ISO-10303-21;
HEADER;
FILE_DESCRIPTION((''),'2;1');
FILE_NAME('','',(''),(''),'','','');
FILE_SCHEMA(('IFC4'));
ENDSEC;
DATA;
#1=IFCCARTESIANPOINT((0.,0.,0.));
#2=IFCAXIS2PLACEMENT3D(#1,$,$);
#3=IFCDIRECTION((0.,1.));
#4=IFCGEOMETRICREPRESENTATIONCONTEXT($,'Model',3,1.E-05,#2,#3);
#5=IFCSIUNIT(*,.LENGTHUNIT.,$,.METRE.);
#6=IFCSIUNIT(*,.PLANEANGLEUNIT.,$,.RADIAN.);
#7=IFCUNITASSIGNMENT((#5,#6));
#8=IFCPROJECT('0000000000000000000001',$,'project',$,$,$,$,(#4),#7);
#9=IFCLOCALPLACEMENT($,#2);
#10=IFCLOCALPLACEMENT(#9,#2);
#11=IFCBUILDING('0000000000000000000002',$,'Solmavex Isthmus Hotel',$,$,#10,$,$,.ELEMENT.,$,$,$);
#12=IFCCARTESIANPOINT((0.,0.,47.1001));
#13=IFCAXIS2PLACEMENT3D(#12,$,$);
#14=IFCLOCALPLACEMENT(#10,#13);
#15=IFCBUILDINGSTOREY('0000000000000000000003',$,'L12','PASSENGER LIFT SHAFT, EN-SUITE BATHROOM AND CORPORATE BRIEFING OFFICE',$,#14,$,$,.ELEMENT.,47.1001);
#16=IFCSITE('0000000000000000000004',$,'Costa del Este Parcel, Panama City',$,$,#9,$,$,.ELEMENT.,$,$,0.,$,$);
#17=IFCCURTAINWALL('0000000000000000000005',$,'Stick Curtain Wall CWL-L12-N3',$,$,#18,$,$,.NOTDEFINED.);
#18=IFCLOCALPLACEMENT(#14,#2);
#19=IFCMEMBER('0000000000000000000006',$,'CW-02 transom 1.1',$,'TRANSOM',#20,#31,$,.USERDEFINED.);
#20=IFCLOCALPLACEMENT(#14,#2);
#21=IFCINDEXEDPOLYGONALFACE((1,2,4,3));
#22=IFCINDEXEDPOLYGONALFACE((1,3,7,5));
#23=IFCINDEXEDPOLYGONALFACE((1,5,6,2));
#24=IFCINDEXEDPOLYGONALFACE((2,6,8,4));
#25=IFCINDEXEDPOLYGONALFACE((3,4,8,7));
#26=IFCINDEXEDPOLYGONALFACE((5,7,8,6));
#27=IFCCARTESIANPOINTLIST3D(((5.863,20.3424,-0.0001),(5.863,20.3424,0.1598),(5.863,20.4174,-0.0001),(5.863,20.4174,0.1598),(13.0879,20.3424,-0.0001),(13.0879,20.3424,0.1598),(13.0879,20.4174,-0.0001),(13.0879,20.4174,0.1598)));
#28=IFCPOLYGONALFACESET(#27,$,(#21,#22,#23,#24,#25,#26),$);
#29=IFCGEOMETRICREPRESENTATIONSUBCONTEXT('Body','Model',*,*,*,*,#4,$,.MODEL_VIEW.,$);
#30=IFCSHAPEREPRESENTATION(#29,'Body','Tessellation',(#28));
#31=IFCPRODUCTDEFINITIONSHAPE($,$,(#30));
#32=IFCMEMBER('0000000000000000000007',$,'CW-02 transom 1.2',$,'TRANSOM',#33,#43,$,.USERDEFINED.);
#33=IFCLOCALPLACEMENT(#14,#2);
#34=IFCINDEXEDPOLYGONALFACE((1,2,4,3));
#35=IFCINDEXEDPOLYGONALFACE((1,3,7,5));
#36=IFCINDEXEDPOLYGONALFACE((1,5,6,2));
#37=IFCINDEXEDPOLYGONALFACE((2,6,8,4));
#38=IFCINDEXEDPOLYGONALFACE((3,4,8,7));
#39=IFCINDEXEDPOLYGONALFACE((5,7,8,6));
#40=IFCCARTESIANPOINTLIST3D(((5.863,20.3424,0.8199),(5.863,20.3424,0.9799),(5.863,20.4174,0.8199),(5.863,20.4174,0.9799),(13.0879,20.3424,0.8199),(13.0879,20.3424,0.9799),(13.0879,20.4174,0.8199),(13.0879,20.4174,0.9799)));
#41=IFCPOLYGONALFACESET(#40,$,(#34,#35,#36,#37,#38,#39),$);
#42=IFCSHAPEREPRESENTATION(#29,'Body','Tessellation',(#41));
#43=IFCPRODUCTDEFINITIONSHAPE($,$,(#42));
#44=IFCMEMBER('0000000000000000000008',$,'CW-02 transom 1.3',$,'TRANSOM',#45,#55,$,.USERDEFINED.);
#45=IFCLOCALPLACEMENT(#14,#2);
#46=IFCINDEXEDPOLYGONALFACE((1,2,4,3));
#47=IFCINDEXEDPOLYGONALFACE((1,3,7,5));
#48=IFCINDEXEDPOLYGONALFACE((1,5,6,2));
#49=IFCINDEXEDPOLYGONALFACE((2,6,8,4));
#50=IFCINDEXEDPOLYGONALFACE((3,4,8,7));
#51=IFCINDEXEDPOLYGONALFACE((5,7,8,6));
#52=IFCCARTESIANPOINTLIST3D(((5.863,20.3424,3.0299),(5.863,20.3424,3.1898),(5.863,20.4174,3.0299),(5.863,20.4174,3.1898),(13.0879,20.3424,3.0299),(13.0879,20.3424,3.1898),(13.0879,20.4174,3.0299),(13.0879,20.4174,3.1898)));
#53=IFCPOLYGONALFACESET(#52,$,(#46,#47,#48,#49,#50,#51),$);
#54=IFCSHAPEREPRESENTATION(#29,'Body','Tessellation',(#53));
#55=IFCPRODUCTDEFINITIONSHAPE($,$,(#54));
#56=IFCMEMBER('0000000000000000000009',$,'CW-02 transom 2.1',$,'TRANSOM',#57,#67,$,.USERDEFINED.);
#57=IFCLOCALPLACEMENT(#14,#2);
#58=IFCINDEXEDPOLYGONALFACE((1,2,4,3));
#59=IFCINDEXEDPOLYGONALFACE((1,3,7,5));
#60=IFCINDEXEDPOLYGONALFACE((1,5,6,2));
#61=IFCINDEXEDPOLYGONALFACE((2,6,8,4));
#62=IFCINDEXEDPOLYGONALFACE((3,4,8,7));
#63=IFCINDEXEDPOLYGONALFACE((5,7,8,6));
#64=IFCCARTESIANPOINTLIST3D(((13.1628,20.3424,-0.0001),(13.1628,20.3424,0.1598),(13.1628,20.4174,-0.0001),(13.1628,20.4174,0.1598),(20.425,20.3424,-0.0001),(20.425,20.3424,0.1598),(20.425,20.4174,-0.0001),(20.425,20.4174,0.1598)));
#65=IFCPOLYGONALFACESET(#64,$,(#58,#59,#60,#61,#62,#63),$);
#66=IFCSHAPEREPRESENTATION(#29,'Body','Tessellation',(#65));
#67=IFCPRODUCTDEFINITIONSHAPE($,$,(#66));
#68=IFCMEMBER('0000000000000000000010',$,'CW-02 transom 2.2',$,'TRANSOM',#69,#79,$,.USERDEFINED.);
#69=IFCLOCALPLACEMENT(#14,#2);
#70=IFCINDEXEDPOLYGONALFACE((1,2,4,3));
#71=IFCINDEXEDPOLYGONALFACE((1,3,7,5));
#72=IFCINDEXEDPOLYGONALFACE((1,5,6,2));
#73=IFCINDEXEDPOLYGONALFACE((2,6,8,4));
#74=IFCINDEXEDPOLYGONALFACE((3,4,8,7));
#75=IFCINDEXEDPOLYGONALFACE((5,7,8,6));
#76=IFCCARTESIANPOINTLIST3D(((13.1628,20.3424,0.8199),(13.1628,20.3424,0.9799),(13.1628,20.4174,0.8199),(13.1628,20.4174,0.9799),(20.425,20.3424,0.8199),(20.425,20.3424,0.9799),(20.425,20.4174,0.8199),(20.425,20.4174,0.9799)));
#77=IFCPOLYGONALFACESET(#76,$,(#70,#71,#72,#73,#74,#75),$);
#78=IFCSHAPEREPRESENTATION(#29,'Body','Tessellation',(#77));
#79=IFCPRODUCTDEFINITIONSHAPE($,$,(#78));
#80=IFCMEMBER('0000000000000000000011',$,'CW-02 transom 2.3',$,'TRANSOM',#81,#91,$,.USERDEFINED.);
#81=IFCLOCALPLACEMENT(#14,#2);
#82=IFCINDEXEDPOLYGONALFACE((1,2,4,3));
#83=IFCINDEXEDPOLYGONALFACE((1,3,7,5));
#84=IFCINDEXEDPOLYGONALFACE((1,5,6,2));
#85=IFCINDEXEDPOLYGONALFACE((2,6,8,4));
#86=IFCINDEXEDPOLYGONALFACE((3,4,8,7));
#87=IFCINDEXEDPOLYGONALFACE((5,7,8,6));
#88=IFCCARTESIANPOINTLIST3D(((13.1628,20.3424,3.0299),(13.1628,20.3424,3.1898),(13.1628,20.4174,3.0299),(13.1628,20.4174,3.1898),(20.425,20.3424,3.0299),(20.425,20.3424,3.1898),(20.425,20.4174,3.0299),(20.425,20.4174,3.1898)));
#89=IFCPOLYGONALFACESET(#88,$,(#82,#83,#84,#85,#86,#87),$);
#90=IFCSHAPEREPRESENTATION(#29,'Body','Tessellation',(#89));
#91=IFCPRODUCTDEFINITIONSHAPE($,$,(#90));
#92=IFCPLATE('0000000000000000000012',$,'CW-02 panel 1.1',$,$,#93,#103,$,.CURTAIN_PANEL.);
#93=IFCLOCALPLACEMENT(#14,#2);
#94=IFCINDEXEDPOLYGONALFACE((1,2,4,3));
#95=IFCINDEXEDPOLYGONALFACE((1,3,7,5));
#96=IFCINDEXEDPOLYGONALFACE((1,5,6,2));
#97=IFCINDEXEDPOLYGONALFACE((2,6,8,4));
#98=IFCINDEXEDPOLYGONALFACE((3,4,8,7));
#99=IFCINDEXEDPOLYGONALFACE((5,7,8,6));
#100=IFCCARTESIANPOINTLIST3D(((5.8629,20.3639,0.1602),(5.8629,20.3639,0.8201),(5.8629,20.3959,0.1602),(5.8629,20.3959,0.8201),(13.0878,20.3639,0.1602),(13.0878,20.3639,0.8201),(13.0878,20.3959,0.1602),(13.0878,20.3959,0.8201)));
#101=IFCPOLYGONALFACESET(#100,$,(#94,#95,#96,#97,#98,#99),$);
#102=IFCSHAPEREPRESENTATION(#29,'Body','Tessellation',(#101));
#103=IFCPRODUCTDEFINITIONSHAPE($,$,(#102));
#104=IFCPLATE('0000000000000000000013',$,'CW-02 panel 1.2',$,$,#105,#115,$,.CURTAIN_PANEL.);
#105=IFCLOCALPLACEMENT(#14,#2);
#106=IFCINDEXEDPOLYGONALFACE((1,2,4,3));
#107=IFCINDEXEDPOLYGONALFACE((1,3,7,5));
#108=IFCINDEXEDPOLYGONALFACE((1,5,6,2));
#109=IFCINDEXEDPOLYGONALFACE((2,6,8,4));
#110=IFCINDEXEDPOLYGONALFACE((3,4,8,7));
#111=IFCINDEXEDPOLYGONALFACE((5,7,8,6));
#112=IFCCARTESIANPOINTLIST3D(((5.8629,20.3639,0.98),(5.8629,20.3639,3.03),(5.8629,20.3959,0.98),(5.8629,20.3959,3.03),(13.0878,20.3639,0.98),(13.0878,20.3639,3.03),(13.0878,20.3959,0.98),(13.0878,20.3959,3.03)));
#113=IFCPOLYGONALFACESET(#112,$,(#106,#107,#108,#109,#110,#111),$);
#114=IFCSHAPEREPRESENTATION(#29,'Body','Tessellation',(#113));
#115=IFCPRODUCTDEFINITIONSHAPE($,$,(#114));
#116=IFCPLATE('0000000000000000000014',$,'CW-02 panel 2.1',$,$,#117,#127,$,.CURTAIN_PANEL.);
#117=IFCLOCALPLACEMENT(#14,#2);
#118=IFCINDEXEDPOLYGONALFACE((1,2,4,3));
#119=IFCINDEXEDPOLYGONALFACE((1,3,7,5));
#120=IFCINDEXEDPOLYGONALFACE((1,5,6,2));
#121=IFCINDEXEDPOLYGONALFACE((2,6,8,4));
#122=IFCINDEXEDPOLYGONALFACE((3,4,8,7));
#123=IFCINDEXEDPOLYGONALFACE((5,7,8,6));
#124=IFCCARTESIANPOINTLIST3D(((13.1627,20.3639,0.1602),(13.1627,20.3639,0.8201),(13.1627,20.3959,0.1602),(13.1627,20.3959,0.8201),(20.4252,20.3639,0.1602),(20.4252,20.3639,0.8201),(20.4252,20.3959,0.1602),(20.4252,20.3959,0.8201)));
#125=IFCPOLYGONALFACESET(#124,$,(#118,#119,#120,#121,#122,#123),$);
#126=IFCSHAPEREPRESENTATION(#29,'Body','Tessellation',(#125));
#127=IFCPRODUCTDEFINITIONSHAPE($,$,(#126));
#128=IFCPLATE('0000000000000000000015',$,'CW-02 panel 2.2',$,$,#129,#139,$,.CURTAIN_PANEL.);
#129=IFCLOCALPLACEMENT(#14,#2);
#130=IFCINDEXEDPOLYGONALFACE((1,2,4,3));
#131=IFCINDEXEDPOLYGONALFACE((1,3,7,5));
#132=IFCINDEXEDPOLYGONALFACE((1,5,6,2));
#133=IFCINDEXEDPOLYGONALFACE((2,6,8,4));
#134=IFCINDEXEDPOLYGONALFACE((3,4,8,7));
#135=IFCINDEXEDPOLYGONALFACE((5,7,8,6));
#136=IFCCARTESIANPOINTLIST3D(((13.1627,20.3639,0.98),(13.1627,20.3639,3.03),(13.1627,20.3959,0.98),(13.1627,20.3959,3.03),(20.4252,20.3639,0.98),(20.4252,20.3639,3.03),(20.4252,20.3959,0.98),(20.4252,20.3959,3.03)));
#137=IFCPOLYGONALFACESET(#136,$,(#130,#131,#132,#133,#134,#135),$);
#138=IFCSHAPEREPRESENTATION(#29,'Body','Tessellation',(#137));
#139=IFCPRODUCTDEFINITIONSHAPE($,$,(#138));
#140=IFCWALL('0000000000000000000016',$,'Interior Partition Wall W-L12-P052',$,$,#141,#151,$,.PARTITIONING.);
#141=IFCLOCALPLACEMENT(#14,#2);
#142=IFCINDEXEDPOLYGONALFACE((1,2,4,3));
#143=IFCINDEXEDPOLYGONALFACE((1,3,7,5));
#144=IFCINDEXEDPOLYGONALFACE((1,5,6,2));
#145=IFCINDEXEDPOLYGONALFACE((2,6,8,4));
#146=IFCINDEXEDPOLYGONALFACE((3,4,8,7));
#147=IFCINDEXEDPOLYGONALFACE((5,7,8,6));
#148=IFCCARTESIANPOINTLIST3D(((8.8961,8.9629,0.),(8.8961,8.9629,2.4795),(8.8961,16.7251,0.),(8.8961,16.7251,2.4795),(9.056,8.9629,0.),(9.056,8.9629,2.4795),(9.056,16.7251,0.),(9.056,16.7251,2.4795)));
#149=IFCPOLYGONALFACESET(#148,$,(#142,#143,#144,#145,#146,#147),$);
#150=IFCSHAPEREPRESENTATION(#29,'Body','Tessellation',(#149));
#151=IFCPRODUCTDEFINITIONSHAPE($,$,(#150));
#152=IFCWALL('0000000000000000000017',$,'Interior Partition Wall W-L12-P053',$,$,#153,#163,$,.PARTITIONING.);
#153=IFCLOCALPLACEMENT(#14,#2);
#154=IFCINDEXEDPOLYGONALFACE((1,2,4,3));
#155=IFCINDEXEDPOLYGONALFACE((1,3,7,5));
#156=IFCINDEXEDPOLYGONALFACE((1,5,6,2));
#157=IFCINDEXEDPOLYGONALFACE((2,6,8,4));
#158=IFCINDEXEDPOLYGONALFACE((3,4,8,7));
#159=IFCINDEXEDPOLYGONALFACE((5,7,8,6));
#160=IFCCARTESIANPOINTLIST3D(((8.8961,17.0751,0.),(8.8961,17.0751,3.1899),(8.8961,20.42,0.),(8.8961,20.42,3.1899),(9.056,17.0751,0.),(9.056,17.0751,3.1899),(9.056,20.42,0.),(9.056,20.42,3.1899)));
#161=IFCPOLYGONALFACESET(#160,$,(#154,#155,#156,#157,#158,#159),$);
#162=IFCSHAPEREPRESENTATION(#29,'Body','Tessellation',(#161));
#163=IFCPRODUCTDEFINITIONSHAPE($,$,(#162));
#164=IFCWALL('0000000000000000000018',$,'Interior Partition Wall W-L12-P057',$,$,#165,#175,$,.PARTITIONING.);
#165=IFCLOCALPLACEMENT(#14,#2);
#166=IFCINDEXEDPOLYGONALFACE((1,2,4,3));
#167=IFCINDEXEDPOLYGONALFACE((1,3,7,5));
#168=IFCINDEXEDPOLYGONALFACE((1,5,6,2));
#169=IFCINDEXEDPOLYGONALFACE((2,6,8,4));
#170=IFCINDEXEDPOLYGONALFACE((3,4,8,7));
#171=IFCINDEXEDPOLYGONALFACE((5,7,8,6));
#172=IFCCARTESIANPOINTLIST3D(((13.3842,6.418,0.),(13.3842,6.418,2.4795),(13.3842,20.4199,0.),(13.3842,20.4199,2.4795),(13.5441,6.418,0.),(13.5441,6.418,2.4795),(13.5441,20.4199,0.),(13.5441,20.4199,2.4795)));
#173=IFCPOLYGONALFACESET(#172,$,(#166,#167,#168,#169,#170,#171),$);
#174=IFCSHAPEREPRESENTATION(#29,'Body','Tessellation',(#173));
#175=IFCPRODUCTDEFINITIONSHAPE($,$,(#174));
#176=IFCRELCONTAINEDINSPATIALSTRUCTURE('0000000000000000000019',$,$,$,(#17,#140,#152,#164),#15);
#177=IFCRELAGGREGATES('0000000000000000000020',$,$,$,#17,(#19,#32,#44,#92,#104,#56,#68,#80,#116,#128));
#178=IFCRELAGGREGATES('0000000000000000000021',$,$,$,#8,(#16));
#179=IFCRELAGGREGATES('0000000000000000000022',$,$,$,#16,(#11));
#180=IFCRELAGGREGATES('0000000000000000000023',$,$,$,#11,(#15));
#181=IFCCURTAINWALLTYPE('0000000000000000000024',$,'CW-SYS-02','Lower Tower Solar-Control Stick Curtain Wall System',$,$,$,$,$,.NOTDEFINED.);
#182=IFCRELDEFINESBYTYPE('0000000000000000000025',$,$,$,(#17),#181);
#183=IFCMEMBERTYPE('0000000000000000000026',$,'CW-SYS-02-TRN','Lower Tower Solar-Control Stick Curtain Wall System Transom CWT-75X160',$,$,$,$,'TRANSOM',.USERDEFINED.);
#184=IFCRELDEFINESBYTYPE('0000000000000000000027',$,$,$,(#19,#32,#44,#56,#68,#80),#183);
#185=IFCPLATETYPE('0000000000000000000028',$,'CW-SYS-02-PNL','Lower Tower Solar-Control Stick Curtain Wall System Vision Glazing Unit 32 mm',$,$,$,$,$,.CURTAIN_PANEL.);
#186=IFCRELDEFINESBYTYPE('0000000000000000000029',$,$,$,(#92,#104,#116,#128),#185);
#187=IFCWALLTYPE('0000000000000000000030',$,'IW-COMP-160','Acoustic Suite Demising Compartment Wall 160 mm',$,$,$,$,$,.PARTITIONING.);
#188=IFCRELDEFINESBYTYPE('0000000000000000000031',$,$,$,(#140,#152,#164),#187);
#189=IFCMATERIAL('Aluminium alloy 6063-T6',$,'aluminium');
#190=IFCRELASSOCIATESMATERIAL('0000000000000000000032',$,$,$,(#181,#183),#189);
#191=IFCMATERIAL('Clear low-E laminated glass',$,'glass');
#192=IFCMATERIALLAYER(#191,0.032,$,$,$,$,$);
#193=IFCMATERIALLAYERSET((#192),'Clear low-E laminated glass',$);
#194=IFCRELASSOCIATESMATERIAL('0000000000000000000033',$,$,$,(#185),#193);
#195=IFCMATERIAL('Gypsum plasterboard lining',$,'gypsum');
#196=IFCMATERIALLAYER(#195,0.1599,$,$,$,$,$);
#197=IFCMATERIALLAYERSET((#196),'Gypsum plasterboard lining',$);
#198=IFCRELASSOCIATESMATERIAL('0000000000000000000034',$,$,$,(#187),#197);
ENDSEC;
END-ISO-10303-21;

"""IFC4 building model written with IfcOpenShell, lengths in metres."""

from ifc_helpers import new_model, si_unit, direction, frame, frame_2d, origin, origin_2d, place, context, subcontext, project, spatial, rectangle, extrude, material, layer, layer_set, material_profile, profile_set, type_object, element, aggregate, save


model = new_model("IFC4")

# Units and contexts
model_context = context("Model", 3, precision=1e-05, world=origin(), true_north=direction((0.0, 1.0)))
body_context = subcontext(model_context, "Body", "Model", "MODEL_VIEW")
ifc_project = project(units=[si_unit("LENGTHUNIT", "METRE"), si_unit("PLANEANGLEUNIT", "RADIAN")], contexts=[model_context])

# Site, building, storey
site_placement = place(None, origin())
site = spatial("IfcSite", under=ifc_project, at=site_placement, Name="Costa del Este Parcel, Panama City", CompositionType="ELEMENT", RefElevation=0.0)
building_placement = place(site_placement, origin())
building = spatial("IfcBuilding", under=site, at=building_placement, Name="Solmavex Isthmus Hotel", CompositionType="ELEMENT")
storey_placement = place(building_placement, frame((0.0, 0.0, 47.1001)))
storey = spatial("IfcBuildingStorey", under=building, at=storey_placement, Name="L12", Description="PASSENGER LIFT SHAFT, EN-SUITE BATHROOM AND CORPORATE BRIEFING OFFICE", CompositionType="ELEMENT", Elevation=47.1001)

# Shared definitions
ifc_material_1 = material(Name="Aluminium alloy 6063-T6", Category="aluminium")
curtain_wall_type = type_object("IfcCurtainWallType", Name="CW-SYS-02", Description="Lower Tower Solar-Control Stick Curtain Wall System", PredefinedType="NOTDEFINED", material=ifc_material_1)

# Curtain wall, members, plates
curtain_wall_1_placement = place(storey_placement, origin())
curtain_wall_1 = element("IfcCurtainWall", 1, at=curtain_wall_1_placement, inside=storey, type_object=curtain_wall_type, Name="Stick Curtain Wall CWL-L12-N3", PredefinedType="NOTDEFINED")
ifc_material_profile_1 = material_profile(ifc_material_1, rectangle(XDim=0.075, YDim=0.1599, at=origin_2d()), Name="CWT-75X160")
ifc_profile_set_1 = profile_set([ifc_material_profile_1], Name="Aluminium alloy 6063-T6")
member_type_1 = type_object("IfcMemberType", Name="CW-SYS-02-TRN", Description="Lower Tower Solar-Control Stick Curtain Wall System Transom CWT-75X160", ElementType="TRANSOM", PredefinedType="USERDEFINED", material=ifc_profile_set_1)
member_1_placement = place(storey_placement, frame((5.863, 20.3799, 0.0798), z_axis=(1.0, 0.0, 0.0), x_axis=(0.0, 1.0, 0.0)))
member_1 = element("IfcMember", 2, at=member_1_placement, type_object=member_type_1, Name="CW-02 transom 1.1", ObjectType="TRANSOM", PredefinedType="USERDEFINED", context=body_context, shape_type="SweptSolid", body=[
    extrude(rectangle(XDim=0.075, YDim=0.1599, at=origin_2d()), origin(), (0.0, 0.0, 1.0), 7.2249),
])
member_2_placement = place(storey_placement, frame((5.863, 20.3799, 0.8999), z_axis=(1.0, 0.0, 0.0), x_axis=(0.0, 1.0, 0.0)))
member_2 = element("IfcMember", 3, at=member_2_placement, type_object=member_type_1, Name="CW-02 transom 1.2", ObjectType="TRANSOM", PredefinedType="USERDEFINED", context=body_context, shape_type="SweptSolid", body=[
    extrude(rectangle(XDim=0.075, YDim=0.1599, at=origin_2d()), origin(), (0.0, 0.0, 1.0), 7.2249),
])
member_3_placement = place(storey_placement, frame((5.863, 20.3799, 3.1099), z_axis=(1.0, 0.0, 0.0), x_axis=(0.0, 1.0, 0.0)))
member_3 = element("IfcMember", 4, at=member_3_placement, type_object=member_type_1, Name="CW-02 transom 1.3", ObjectType="TRANSOM", PredefinedType="USERDEFINED", context=body_context, shape_type="SweptSolid", body=[
    extrude(rectangle(XDim=0.075, YDim=0.1599, at=origin_2d()), origin(), (0.0, 0.0, 1.0), 7.2249),
])
member_4_placement = place(storey_placement, frame((13.1628, 20.3799, 0.0798), z_axis=(1.0, 0.0, 0.0), x_axis=(0.0, 1.0, 0.0)))
member_4 = element("IfcMember", 5, at=member_4_placement, type_object=member_type_1, Name="CW-02 transom 2.1", ObjectType="TRANSOM", PredefinedType="USERDEFINED", context=body_context, shape_type="SweptSolid", body=[
    extrude(rectangle(XDim=0.075, YDim=0.1599, at=origin_2d()), origin(), (0.0, 0.0, 1.0), 7.2622),
])
member_5_placement = place(storey_placement, frame((13.1628, 20.3799, 0.8999), z_axis=(1.0, 0.0, 0.0), x_axis=(0.0, 1.0, 0.0)))
member_5 = element("IfcMember", 6, at=member_5_placement, type_object=member_type_1, Name="CW-02 transom 2.2", ObjectType="TRANSOM", PredefinedType="USERDEFINED", context=body_context, shape_type="SweptSolid", body=[
    extrude(rectangle(XDim=0.075, YDim=0.1599, at=origin_2d()), origin(), (0.0, 0.0, 1.0), 7.2622),
])
member_6_placement = place(storey_placement, frame((13.1628, 20.3799, 3.1099), z_axis=(1.0, 0.0, 0.0), x_axis=(0.0, 1.0, 0.0)))
member_6 = element("IfcMember", 7, at=member_6_placement, type_object=member_type_1, Name="CW-02 transom 2.3", ObjectType="TRANSOM", PredefinedType="USERDEFINED", context=body_context, shape_type="SweptSolid", body=[
    extrude(rectangle(XDim=0.075, YDim=0.1599, at=origin_2d()), origin(), (0.0, 0.0, 1.0), 7.2622),
])
ifc_material_2 = material(Name="Clear low-E laminated glass", Category="glass")
ifc_layer_1 = layer(ifc_material_2, 0.032)
ifc_layer_set_1 = layer_set([ifc_layer_1], Name="Clear low-E laminated glass")
plate_type = type_object("IfcPlateType", Name="CW-SYS-02-PNL", Description="Lower Tower Solar-Control Stick Curtain Wall System Vision Glazing Unit 32 mm", PredefinedType="CURTAIN_PANEL", material=ifc_layer_set_1)
plate_1_placement = place(storey_placement, frame((9.4753, 20.3799, 0.1602), z_axis=(0.0, 0.0, 1.0), x_axis=(1.0, 0.0, 0.0)))
plate_1 = element("IfcPlate", 8, at=plate_1_placement, type_object=plate_type, Name="CW-02 panel 1.1", PredefinedType="CURTAIN_PANEL", context=body_context, shape_type="SweptSolid", body=[
    extrude(rectangle(XDim=7.2249, YDim=0.032, at=origin_2d()), origin(), (0.0, 0.0, 1.0), 0.6599),
])
plate_2_placement = place(storey_placement, frame((9.4753, 20.3799, 0.98), z_axis=(0.0, 0.0, 1.0), x_axis=(1.0, 0.0, 0.0)))
plate_2 = element("IfcPlate", 9, at=plate_2_placement, type_object=plate_type, Name="CW-02 panel 1.2", PredefinedType="CURTAIN_PANEL", context=body_context, shape_type="SweptSolid", body=[
    extrude(rectangle(XDim=7.2249, YDim=0.032, at=origin_2d()), origin(), (0.0, 0.0, 1.0), 2.05),
])
plate_3_placement = place(storey_placement, frame((16.7939, 20.3799, 0.1602), z_axis=(0.0, 0.0, 1.0), x_axis=(1.0, 0.0, 0.0)))
plate_3 = element("IfcPlate", 10, at=plate_3_placement, type_object=plate_type, Name="CW-02 panel 2.1", PredefinedType="CURTAIN_PANEL", context=body_context, shape_type="SweptSolid", body=[
    extrude(rectangle(XDim=7.2625, YDim=0.032, at=origin_2d()), origin(), (0.0, 0.0, 1.0), 0.6599),
])
plate_4_placement = place(storey_placement, frame((16.7939, 20.3799, 0.98), z_axis=(0.0, 0.0, 1.0), x_axis=(1.0, 0.0, 0.0)))
plate_4 = element("IfcPlate", 11, at=plate_4_placement, type_object=plate_type, Name="CW-02 panel 2.2", PredefinedType="CURTAIN_PANEL", context=body_context, shape_type="SweptSolid", body=[
    extrude(rectangle(XDim=7.2625, YDim=0.032, at=origin_2d()), origin(), (0.0, 0.0, 1.0), 2.05),
])
aggregate(curtain_wall_1, [member_1, member_2, member_3, plate_1, plate_2, member_4, member_5, member_6, plate_3, plate_4])

# Walls
ifc_material_3 = material(Name="Gypsum plasterboard lining", Category="gypsum")
ifc_layer_2 = layer(ifc_material_3, 0.1599)
ifc_layer_set_2 = layer_set([ifc_layer_2], Name="Gypsum plasterboard lining")
wall_type_1 = type_object("IfcWallType", Name="IW-COMP-160", Description="Acoustic Suite Demising Compartment Wall 160 mm", PredefinedType="PARTITIONING", material=ifc_layer_set_2)
wall_1_placement = place(storey_placement, frame((8.9761, 16.7251, 0.0), z_axis=(0.0, 0.0, 1.0), x_axis=(0.0, -1.0, 0.0)))
element("IfcWall", 12, at=wall_1_placement, inside=storey, type_object=wall_type_1, Name="Interior Partition Wall W-L12-P052", PredefinedType="PARTITIONING", context=body_context, shape_type="SweptSolid", body=[
    extrude(rectangle(XDim=7.7622, YDim=0.1599, at=frame_2d((3.8811, 0.0))), origin(), (0.0, 0.0, 1.0), 2.4795),
])
wall_2_placement = place(storey_placement, frame((8.9761, 20.4199, 0.0), z_axis=(0.0, 0.0, 1.0), x_axis=(0.0, -1.0, 0.0)))
element("IfcWall", 13, at=wall_2_placement, inside=storey, type_object=wall_type_1, Name="Interior Partition Wall W-L12-P053", PredefinedType="PARTITIONING", context=body_context, shape_type="SweptSolid", body=[
    extrude(rectangle(XDim=3.345, YDim=0.1599, at=frame_2d((1.6724, 0.0))), origin(), (0.0, 0.0, 1.0), 3.1899),
])
wall_3_placement = place(storey_placement, frame((13.4641, 20.4199, 0.0), z_axis=(0.0, 0.0, 1.0), x_axis=(0.0, -1.0, 0.0)))
element("IfcWall", 14, at=wall_3_placement, inside=storey, type_object=wall_type_1, Name="Interior Partition Wall W-L12-P057", PredefinedType="PARTITIONING", context=body_context, shape_type="SweptSolid", body=[
    extrude(rectangle(XDim=14.002, YDim=0.1599, at=frame_2d((7.001, 0.0))), origin(), (0.0, 0.0, 1.0), 2.4795),
])

save(model, "model.ifc")
